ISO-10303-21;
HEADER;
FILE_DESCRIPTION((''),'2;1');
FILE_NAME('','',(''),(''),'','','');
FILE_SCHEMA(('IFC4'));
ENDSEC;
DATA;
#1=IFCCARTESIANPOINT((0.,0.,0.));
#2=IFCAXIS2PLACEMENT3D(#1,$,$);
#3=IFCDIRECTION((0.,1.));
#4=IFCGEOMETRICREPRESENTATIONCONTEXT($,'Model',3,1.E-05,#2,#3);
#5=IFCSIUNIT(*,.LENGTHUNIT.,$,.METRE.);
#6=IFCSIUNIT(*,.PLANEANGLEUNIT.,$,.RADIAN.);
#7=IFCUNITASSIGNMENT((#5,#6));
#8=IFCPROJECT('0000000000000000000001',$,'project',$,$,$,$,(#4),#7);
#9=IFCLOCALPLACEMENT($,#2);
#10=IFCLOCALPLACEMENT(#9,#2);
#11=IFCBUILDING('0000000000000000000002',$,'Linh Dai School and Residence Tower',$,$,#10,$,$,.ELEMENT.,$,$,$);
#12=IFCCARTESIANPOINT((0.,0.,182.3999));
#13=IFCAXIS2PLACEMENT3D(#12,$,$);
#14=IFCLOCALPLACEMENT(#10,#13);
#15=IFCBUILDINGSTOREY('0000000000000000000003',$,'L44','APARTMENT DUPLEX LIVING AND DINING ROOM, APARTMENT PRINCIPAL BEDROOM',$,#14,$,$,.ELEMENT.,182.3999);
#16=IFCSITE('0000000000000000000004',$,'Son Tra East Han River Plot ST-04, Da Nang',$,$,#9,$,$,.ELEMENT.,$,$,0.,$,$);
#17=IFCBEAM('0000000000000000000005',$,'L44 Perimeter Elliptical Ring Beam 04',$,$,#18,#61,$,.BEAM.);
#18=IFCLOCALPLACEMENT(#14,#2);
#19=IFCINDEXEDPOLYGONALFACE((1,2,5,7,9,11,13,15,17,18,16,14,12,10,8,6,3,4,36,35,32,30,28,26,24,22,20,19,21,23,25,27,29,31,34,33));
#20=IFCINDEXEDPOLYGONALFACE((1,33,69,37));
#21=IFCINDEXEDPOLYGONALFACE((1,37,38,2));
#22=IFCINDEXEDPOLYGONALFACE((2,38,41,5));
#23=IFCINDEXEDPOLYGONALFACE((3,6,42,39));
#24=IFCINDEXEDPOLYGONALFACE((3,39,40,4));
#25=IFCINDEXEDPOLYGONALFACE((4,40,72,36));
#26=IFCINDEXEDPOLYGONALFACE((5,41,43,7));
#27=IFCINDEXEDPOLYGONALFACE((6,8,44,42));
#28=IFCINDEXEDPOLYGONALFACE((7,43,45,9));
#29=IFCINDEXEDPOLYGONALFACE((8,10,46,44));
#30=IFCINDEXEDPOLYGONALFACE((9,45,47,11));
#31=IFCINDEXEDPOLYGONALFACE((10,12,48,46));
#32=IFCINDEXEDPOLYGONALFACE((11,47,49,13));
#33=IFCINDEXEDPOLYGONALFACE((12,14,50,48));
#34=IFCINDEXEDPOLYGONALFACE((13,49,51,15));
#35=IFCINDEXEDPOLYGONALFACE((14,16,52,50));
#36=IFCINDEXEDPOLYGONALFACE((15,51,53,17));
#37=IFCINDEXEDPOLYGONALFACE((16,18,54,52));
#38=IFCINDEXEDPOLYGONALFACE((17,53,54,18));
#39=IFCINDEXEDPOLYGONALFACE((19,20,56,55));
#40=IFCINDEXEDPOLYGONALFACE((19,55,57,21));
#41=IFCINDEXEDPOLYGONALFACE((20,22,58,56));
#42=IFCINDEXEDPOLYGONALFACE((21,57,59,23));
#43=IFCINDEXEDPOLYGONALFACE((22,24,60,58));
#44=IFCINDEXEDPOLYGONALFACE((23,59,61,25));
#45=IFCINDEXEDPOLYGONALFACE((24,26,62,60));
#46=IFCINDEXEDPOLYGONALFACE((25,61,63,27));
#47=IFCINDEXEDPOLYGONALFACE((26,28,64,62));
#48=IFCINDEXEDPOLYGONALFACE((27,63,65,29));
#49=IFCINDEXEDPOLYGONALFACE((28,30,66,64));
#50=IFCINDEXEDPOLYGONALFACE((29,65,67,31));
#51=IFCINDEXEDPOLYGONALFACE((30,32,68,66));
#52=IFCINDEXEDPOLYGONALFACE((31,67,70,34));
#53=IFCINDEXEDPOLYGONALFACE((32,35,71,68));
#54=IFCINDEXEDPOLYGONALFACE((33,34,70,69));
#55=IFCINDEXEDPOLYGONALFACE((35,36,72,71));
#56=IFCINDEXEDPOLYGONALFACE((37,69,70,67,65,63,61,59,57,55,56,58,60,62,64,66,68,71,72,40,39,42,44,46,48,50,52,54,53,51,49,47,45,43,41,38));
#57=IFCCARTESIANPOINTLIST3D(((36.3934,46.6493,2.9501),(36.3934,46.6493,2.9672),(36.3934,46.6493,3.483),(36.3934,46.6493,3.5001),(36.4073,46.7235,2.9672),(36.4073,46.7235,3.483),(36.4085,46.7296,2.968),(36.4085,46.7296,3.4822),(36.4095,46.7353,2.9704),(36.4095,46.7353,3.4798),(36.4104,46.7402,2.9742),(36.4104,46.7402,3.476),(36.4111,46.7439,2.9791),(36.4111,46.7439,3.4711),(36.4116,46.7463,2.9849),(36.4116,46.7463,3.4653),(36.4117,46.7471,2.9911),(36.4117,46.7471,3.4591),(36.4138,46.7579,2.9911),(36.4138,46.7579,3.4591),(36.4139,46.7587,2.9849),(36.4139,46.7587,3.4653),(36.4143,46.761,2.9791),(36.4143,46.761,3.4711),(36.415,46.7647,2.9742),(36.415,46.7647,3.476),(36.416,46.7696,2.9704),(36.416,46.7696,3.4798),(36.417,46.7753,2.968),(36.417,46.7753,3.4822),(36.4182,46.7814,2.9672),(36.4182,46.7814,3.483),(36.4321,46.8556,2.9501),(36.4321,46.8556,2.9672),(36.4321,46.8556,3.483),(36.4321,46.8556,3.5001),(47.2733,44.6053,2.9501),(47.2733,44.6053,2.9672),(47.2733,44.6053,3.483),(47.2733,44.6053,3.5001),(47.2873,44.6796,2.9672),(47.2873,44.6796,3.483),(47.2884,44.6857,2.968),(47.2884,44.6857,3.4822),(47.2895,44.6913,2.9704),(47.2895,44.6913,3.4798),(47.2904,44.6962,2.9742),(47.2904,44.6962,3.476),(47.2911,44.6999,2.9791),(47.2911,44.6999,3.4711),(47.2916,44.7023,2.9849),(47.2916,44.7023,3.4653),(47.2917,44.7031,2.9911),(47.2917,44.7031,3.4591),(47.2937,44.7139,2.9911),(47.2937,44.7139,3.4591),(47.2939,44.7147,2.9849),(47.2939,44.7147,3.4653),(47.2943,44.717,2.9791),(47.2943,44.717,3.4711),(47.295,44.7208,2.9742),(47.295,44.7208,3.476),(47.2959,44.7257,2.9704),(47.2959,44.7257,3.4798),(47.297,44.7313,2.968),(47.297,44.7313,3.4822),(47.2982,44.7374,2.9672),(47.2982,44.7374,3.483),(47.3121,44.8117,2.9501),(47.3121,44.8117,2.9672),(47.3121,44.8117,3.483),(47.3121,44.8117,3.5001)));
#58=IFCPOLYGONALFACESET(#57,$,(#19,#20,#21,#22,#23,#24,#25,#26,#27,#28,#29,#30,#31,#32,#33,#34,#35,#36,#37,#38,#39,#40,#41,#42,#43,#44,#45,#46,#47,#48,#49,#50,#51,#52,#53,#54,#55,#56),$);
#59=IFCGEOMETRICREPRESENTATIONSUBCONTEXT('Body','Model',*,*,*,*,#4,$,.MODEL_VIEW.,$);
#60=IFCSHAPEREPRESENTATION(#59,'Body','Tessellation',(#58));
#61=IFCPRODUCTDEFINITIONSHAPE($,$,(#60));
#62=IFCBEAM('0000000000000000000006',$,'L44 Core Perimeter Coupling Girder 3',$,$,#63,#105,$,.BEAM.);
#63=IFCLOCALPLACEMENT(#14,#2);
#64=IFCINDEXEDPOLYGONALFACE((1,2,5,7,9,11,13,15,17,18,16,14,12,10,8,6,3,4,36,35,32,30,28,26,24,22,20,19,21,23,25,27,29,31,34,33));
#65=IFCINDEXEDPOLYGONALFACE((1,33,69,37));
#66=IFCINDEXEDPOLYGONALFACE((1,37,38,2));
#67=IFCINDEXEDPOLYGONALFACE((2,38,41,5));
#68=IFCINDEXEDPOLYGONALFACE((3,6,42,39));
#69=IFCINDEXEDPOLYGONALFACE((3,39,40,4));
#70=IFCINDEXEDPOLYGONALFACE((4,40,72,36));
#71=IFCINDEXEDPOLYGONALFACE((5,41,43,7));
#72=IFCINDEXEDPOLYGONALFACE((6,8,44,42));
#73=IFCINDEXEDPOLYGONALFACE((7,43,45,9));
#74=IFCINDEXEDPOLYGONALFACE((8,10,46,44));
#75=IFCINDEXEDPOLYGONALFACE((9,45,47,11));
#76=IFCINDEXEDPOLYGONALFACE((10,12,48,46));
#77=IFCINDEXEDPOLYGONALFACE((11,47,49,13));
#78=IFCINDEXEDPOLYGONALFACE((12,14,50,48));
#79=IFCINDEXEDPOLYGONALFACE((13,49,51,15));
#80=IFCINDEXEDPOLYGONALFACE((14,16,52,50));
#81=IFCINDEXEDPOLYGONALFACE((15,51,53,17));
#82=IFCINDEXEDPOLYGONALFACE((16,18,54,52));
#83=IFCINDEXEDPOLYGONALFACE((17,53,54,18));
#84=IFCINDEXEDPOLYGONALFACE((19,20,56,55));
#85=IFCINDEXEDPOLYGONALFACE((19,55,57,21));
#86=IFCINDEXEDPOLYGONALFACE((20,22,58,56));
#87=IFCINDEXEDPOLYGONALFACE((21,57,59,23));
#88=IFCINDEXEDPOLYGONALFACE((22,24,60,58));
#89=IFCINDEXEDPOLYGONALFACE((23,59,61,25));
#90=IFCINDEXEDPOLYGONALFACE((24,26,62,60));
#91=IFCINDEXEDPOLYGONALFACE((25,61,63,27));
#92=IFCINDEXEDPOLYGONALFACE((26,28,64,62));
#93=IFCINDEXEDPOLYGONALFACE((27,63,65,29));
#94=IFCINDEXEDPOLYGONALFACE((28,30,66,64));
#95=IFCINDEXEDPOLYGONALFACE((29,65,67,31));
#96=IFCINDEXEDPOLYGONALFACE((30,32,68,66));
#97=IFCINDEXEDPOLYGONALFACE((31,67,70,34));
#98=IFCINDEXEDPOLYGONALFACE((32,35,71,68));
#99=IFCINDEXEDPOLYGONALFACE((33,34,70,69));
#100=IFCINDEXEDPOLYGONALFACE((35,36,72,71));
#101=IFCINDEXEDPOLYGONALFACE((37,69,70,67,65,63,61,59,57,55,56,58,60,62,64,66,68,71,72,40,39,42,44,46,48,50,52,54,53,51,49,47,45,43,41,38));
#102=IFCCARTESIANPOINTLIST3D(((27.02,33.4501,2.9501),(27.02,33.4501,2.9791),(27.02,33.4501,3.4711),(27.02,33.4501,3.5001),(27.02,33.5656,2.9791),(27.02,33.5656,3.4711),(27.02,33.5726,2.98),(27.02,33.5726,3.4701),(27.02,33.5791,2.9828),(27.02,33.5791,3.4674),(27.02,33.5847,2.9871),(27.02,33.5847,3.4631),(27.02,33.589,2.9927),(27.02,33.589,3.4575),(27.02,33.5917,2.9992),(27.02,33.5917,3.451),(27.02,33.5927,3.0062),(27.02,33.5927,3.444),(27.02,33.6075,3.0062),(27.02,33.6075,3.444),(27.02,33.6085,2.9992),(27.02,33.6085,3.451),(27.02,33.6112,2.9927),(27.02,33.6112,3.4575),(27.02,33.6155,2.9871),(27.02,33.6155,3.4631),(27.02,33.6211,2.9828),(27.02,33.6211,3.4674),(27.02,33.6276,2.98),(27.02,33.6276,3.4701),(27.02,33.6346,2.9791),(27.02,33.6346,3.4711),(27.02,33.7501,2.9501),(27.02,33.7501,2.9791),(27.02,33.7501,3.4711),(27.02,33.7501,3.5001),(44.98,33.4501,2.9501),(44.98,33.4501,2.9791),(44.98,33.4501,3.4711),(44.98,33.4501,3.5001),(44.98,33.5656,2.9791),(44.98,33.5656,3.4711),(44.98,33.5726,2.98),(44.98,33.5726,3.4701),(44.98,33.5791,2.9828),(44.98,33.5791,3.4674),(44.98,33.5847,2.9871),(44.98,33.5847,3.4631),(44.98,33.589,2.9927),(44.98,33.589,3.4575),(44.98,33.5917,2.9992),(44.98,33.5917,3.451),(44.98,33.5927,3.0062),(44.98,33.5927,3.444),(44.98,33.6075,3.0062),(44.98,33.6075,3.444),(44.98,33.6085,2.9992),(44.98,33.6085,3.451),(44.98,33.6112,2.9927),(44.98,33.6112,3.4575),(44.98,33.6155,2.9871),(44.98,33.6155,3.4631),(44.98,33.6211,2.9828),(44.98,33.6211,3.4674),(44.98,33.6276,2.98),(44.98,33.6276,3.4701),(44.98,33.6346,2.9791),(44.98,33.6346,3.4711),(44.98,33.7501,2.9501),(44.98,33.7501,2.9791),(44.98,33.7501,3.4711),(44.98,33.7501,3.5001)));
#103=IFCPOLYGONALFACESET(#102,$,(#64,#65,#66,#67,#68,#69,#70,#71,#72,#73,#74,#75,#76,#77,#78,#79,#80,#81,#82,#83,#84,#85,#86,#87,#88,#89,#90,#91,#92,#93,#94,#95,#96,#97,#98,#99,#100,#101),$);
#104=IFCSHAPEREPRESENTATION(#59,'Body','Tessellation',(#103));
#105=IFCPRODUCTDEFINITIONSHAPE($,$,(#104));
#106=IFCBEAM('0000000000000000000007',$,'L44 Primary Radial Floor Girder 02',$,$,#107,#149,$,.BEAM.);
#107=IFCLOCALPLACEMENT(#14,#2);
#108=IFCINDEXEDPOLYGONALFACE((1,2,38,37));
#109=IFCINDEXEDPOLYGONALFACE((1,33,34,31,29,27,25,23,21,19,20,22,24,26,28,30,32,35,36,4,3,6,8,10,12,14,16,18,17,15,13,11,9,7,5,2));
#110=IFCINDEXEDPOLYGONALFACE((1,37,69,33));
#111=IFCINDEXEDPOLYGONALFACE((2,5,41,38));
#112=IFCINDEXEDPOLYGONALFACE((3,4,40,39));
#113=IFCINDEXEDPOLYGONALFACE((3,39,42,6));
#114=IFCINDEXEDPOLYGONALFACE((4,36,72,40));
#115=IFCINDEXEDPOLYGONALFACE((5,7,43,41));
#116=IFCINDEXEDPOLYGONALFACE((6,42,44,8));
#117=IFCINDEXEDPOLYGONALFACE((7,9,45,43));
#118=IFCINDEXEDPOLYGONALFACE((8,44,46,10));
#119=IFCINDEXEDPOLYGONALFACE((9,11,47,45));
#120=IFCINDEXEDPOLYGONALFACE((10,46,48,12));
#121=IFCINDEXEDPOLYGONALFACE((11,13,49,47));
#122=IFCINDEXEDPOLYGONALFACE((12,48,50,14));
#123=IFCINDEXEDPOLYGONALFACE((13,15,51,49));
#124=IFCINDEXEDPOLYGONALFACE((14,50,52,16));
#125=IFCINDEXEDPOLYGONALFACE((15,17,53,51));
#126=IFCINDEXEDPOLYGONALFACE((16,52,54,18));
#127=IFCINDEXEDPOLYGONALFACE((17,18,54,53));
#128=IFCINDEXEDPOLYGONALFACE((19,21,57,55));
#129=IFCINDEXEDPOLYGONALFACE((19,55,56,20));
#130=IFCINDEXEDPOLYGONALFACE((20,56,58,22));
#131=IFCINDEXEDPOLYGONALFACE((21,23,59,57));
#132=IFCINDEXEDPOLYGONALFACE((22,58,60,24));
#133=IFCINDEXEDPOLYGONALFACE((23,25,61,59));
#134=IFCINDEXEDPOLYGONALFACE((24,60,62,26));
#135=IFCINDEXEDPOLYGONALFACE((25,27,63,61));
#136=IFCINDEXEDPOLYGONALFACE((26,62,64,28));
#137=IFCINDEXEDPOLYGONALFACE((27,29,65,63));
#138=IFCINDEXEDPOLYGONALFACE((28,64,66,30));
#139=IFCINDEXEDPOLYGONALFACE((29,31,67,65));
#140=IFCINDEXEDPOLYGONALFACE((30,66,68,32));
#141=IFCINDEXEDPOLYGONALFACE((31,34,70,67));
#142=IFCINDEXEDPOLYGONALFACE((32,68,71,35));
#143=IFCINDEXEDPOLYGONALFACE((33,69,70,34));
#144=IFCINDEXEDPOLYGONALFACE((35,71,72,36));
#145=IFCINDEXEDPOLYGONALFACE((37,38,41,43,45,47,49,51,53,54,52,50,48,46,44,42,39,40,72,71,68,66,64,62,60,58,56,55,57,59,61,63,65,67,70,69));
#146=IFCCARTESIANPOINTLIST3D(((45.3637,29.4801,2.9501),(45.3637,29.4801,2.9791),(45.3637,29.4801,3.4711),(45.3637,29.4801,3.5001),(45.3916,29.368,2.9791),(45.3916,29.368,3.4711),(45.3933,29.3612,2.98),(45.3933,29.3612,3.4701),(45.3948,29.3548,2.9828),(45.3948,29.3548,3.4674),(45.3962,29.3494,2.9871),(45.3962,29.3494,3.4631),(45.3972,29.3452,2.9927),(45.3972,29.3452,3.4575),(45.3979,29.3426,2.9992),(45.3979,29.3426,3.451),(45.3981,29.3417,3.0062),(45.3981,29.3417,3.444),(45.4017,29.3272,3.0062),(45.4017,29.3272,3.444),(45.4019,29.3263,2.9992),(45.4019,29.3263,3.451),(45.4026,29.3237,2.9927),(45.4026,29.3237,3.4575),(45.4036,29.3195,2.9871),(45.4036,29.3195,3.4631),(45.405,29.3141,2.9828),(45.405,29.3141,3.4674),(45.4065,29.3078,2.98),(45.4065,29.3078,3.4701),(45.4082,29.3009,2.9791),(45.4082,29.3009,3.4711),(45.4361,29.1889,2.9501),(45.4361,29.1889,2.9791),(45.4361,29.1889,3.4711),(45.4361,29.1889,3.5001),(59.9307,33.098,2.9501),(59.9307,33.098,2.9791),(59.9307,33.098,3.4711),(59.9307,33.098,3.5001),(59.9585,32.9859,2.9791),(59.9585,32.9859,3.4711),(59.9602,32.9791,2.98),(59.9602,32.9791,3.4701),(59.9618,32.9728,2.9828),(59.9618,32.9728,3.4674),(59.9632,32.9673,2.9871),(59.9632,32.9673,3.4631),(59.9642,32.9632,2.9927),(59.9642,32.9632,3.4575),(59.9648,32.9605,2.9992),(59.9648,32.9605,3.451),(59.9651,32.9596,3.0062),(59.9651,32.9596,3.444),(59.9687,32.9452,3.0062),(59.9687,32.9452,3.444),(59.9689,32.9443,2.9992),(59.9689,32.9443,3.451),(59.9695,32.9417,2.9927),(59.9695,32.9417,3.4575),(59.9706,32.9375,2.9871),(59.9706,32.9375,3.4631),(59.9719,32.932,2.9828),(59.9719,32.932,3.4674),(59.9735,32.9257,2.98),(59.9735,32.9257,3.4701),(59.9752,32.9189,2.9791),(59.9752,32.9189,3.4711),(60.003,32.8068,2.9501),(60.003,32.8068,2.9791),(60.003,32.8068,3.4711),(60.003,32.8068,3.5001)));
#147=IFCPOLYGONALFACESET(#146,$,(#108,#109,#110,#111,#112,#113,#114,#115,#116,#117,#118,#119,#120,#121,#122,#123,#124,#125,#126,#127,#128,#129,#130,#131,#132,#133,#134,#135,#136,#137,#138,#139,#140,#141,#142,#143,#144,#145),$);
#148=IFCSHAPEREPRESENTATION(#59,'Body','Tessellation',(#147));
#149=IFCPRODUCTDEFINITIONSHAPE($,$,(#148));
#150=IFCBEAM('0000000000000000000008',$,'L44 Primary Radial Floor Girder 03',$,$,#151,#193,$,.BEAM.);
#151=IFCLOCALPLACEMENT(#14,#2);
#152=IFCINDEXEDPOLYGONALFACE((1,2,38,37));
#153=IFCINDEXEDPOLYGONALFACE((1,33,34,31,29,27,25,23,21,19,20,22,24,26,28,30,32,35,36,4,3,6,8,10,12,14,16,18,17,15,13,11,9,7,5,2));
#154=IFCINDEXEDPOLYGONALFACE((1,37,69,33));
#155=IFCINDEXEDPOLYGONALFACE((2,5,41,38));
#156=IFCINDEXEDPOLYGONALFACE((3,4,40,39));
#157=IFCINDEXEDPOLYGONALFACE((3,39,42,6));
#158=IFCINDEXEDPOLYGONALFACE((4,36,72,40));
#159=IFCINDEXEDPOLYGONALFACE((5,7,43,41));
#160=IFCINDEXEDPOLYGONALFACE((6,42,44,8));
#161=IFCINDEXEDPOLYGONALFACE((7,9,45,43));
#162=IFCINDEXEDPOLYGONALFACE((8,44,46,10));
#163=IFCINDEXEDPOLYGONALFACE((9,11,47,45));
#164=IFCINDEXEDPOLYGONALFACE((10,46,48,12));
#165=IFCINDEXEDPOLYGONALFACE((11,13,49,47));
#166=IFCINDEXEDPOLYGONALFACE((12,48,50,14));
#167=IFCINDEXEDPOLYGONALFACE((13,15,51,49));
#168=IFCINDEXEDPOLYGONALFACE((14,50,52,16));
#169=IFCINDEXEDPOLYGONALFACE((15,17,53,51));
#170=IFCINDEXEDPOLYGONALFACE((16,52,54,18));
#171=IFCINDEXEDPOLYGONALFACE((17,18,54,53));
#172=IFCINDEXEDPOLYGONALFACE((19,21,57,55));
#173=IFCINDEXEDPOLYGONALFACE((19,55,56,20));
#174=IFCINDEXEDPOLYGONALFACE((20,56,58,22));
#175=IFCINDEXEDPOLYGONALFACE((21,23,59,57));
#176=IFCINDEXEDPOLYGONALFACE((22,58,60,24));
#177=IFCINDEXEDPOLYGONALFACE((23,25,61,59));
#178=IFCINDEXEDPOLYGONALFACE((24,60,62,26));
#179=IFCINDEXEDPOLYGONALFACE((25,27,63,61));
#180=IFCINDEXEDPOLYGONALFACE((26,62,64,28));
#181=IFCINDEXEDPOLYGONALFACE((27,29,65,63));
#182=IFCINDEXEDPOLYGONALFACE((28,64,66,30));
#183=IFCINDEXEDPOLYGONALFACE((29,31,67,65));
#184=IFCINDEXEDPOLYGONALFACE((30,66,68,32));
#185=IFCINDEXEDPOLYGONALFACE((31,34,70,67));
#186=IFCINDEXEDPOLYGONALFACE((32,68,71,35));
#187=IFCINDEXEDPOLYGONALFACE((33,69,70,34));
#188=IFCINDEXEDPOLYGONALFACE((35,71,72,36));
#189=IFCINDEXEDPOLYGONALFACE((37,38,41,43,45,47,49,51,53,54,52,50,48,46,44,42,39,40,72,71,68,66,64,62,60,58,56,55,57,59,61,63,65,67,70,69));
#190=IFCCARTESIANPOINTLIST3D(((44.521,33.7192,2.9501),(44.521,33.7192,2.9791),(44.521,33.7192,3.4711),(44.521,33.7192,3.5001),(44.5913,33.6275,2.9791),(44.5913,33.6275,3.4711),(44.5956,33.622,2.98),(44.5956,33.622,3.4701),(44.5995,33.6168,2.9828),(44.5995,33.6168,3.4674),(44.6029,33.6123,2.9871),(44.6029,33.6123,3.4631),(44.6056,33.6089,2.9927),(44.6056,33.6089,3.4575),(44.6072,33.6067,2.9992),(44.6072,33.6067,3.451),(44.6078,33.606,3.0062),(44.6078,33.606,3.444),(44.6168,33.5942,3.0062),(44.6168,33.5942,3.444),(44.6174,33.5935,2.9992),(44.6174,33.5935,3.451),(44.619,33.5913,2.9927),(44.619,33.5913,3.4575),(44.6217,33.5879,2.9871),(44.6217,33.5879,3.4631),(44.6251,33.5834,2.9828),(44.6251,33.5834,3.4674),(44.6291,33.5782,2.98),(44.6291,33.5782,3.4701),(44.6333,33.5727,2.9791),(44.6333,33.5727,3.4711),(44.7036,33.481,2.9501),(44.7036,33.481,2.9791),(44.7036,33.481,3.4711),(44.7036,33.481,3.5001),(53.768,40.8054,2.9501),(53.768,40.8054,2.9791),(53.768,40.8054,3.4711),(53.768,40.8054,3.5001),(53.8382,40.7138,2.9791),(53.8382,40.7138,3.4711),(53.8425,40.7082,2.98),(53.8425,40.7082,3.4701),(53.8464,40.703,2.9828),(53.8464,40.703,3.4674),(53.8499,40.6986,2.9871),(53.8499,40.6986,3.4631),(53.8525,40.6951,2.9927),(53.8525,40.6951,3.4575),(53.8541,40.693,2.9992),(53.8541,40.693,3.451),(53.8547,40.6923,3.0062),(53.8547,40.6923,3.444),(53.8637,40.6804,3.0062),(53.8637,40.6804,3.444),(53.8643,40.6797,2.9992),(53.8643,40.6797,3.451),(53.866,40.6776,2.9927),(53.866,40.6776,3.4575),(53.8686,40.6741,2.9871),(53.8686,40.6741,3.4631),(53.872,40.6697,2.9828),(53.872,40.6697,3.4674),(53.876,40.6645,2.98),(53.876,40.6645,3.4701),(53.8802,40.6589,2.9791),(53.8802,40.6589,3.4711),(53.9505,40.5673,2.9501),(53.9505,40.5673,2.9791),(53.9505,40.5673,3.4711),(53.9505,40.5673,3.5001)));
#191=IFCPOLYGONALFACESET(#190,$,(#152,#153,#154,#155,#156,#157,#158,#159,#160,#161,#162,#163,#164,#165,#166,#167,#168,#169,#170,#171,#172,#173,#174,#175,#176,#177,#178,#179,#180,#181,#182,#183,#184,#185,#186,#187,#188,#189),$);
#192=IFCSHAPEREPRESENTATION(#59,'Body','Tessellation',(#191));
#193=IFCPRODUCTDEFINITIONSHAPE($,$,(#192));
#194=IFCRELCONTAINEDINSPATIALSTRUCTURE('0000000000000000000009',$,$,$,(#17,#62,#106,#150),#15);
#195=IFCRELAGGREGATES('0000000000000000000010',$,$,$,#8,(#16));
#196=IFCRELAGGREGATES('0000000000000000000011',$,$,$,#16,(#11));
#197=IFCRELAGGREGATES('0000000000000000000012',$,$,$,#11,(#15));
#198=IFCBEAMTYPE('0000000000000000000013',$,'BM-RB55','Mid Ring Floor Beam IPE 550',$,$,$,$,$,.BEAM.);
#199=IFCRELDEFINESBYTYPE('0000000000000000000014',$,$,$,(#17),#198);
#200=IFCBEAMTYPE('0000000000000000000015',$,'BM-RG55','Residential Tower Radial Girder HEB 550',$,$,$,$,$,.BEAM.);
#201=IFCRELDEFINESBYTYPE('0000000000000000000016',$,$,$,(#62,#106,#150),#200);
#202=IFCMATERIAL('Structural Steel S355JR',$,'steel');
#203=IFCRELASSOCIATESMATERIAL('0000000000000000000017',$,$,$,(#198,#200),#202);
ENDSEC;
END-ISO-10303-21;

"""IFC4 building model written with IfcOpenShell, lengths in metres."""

from ifc_helpers import new_model, si_unit, direction, frame, origin, origin_2d, place, context, subcontext, project, spatial, i_section, extrude, material, material_profile, profile_set, type_object, element, save


model = new_model("IFC4")

# Units and contexts
model_context = context("Model", 3, precision=1e-05, world=origin(), true_north=direction((0.0, 1.0)))
body_context = subcontext(model_context, "Body", "Model", "MODEL_VIEW")
ifc_project = project(units=[si_unit("LENGTHUNIT", "METRE"), si_unit("PLANEANGLEUNIT", "RADIAN")], contexts=[model_context])

# Site, building, storey
site_placement = place(None, origin())
site = spatial("IfcSite", under=ifc_project, at=site_placement, Name="Son Tra East Han River Plot ST-04, Da Nang", CompositionType="ELEMENT", RefElevation=0.0)
building_placement = place(site_placement, origin())
building = spatial("IfcBuilding", under=site, at=building_placement, Name="Linh Dai School and Residence Tower", CompositionType="ELEMENT")
storey_placement = place(building_placement, frame((0.0, 0.0, 182.3999)))
storey = spatial("IfcBuildingStorey", under=building, at=storey_placement, Name="L44", Description="APARTMENT DUPLEX LIVING AND DINING ROOM, APARTMENT PRINCIPAL BEDROOM", CompositionType="ELEMENT", Elevation=182.3999)

# Shared definitions
ifc_material_1 = material(Name="Structural Steel S355JR", Category="steel")

# Beams
ifc_material_profile_1 = material_profile(ifc_material_1, i_section(OverallWidth=0.21, OverallDepth=0.55, WebThickness=0.011, FlangeThickness=0.0171, FilletRadius=0.0239, at=origin_2d()), Name="IPE 550")
ifc_profile_set_1 = profile_set([ifc_material_profile_1], Name="Structural Steel S355JR")
beam_type_1 = type_object("IfcBeamType", Name="BM-RB55", Description="Mid Ring Floor Beam IPE 550", PredefinedType="BEAM", material=ifc_profile_set_1)
beam_1_placement = place(storey_placement, frame((47.2927, 44.7085, 3.2251), z_axis=(-0.982807, 0.184635, 0.0), x_axis=(-0.184635, -0.982807, 0.0)))
element("IfcBeam", 1, at=beam_1_placement, inside=storey, type_object=beam_type_1, Name="L44 Perimeter Elliptical Ring Beam 04", PredefinedType="BEAM", context=body_context, shape_type="SweptSolid", body=[
    extrude(i_section(OverallWidth=0.21, OverallDepth=0.55, WebThickness=0.011, FlangeThickness=0.0171, FilletRadius=0.0239, at=origin_2d()), origin(), (0.0, 0.0, 1.0), 11.0703),
])
ifc_material_profile_2 = material_profile(ifc_material_1, i_section(OverallWidth=0.3, OverallDepth=0.55, WebThickness=0.0149, FlangeThickness=0.0291, FilletRadius=0.0271, at=origin_2d()), Name="HEB 550")
ifc_profile_set_2 = profile_set([ifc_material_profile_2], Name="Structural Steel S355JR")
beam_type_2 = type_object("IfcBeamType", Name="BM-RG55", Description="Residential Tower Radial Girder HEB 550", PredefinedType="BEAM", material=ifc_profile_set_2)
beam_2_placement = place(storey_placement, frame((44.98, 33.6001, 3.2251), z_axis=(-1.0, 0.0, 0.0), x_axis=(0.0, -1.0, 0.0)))
element("IfcBeam", 2, at=beam_2_placement, inside=storey, type_object=beam_type_2, Name="L44 Core Perimeter Coupling Girder 3", PredefinedType="BEAM", context=body_context, shape_type="SweptSolid", body=[
    extrude(i_section(OverallWidth=0.3, OverallDepth=0.55, WebThickness=0.0149, FlangeThickness=0.0291, FilletRadius=0.0271, at=origin_2d()), origin(), (0.0, 0.0, 1.0), 17.96),
])
beam_3_placement = place(storey_placement, frame((45.3999, 29.3345, 3.2251), z_axis=(0.970515, 0.241043, 0.0), x_axis=(-0.241043, 0.970515, 0.0)))
element("IfcBeam", 3, at=beam_3_placement, inside=storey, type_object=beam_type_2, Name="L44 Primary Radial Floor Girder 02", PredefinedType="BEAM", context=body_context, shape_type="SweptSolid", body=[
    extrude(i_section(OverallWidth=0.3, OverallDepth=0.55, WebThickness=0.0149, FlangeThickness=0.0291, FilletRadius=0.0271, at=origin_2d()), origin(), (0.0, 0.0, 1.0), 15.0095),
])
beam_4_placement = place(storey_placement, frame((44.6123, 33.6001, 3.2251), z_axis=(0.793733, 0.608267, 0.0), x_axis=(-0.608267, 0.793733, 0.0)))
element("IfcBeam", 4, at=beam_4_placement, inside=storey, type_object=beam_type_2, Name="L44 Primary Radial Floor Girder 03", PredefinedType="BEAM", context=body_context, shape_type="SweptSolid", body=[
    extrude(i_section(OverallWidth=0.3, OverallDepth=0.55, WebThickness=0.0149, FlangeThickness=0.0291, FilletRadius=0.0271, at=origin_2d()), origin(), (0.0, 0.0, 1.0), 11.6499),
])

save(model, "model.ifc")
